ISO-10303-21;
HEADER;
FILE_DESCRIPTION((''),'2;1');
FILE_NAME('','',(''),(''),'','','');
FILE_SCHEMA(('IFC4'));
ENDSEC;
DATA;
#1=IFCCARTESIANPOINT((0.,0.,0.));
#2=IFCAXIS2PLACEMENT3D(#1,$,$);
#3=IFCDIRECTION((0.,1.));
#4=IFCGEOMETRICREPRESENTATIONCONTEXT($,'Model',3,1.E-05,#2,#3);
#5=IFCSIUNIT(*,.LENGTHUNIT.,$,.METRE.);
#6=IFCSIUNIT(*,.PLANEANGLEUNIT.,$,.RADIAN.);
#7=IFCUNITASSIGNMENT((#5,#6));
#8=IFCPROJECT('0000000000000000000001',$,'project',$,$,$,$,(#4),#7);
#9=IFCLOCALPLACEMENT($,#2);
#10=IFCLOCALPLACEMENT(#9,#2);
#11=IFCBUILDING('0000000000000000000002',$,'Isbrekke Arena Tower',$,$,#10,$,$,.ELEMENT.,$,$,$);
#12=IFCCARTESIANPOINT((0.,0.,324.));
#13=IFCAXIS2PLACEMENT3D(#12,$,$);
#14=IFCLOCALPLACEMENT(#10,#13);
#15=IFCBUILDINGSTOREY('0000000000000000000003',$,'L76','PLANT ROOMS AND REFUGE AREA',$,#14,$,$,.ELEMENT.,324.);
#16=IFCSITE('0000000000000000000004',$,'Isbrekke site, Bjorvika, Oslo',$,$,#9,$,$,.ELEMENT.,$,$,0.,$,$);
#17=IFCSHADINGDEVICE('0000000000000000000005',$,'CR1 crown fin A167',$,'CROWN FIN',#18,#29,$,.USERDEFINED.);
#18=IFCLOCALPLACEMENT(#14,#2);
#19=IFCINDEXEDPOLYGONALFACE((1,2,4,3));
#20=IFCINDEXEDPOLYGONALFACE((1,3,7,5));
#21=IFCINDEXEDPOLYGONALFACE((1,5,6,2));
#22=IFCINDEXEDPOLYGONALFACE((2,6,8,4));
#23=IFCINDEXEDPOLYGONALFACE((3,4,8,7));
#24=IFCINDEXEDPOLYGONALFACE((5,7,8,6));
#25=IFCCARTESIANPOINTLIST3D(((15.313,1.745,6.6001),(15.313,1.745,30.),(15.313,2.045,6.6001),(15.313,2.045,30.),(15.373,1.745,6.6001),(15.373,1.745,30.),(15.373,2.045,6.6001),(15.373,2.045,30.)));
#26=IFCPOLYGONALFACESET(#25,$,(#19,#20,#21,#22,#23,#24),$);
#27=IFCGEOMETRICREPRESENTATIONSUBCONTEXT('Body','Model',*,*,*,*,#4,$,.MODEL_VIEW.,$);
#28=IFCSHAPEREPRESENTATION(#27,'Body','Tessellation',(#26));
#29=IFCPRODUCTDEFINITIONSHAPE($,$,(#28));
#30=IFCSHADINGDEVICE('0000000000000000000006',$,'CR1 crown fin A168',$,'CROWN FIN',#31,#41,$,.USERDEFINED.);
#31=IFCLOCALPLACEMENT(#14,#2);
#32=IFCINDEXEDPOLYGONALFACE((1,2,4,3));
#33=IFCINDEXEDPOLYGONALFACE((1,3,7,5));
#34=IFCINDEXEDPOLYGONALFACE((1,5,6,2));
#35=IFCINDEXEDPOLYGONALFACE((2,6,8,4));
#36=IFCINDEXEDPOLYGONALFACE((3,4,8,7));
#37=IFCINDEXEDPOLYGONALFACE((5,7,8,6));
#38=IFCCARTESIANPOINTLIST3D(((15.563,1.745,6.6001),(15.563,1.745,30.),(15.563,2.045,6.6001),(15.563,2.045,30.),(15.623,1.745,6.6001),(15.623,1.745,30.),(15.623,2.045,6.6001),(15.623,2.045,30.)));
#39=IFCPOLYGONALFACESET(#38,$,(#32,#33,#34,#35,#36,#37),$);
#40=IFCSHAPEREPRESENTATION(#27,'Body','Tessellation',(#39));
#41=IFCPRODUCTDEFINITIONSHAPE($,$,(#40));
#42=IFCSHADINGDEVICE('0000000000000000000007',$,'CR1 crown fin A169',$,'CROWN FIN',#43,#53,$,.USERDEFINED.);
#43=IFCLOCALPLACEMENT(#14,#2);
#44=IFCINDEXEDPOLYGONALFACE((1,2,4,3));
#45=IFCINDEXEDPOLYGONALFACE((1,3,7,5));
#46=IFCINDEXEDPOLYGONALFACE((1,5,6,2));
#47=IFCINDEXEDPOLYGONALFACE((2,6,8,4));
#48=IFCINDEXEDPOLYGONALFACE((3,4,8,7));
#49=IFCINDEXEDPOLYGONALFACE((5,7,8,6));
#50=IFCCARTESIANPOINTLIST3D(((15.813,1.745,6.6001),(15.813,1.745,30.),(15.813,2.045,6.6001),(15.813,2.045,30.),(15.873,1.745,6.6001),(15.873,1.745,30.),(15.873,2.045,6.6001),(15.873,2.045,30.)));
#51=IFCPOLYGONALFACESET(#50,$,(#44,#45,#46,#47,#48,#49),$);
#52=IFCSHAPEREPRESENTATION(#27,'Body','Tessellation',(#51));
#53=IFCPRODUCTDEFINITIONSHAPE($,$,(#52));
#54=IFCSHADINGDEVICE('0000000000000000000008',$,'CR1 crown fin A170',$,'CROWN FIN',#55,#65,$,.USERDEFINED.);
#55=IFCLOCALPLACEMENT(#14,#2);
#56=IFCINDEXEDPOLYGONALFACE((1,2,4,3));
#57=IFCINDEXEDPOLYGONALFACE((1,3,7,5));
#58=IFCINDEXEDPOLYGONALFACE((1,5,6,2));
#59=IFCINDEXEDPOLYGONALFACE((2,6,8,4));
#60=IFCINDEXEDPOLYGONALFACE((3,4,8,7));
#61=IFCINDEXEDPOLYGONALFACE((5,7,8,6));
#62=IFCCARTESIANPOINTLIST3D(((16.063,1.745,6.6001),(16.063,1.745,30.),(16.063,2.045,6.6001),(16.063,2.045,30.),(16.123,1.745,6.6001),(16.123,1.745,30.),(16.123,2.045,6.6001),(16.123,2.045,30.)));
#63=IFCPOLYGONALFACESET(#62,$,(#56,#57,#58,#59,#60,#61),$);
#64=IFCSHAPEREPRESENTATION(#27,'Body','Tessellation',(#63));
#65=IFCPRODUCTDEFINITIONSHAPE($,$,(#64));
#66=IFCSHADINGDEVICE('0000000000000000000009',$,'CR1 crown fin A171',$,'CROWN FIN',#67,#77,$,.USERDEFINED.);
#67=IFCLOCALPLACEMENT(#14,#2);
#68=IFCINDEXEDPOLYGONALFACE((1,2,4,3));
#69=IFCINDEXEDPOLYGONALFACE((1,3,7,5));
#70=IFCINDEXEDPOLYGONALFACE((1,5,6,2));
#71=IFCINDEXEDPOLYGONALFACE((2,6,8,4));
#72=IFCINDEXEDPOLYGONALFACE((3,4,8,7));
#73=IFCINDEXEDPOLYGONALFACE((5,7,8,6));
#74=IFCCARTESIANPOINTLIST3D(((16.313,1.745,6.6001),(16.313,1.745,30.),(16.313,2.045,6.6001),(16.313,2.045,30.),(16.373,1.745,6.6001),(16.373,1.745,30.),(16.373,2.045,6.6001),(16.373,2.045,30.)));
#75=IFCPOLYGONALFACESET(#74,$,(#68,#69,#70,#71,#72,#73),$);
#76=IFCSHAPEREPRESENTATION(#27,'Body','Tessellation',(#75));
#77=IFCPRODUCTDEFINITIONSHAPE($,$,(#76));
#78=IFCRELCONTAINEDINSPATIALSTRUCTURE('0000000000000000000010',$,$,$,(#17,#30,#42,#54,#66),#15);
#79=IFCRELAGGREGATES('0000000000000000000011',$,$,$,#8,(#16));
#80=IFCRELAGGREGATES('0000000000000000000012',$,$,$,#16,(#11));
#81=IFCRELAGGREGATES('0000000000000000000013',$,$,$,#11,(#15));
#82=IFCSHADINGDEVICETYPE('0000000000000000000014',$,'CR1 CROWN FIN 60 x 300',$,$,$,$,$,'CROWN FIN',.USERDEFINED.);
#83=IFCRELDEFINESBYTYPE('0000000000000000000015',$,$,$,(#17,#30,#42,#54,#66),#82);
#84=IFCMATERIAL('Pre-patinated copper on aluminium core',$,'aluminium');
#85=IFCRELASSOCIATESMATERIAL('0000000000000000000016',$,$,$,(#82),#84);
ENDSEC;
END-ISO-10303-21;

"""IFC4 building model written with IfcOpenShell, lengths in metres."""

from ifc_helpers import new_model, si_unit, direction, frame, origin, origin_2d, place, context, subcontext, project, spatial, rectangle, extrude, material, material_profile, profile_set, type_object, element, save


model = new_model("IFC4")

# Units and contexts
model_context = context("Model", 3, precision=1e-05, world=origin(), true_north=direction((0.0, 1.0)))
body_context = subcontext(model_context, "Body", "Model", "MODEL_VIEW")
ifc_project = project(units=[si_unit("LENGTHUNIT", "METRE"), si_unit("PLANEANGLEUNIT", "RADIAN")], contexts=[model_context])

# Site, building, storey
site_placement = place(None, origin())
site = spatial("IfcSite", under=ifc_project, at=site_placement, Name="Isbrekke site, Bjorvika, Oslo", CompositionType="ELEMENT", RefElevation=0.0)
building_placement = place(site_placement, origin())
building = spatial("IfcBuilding", under=site, at=building_placement, Name="Isbrekke Arena Tower", CompositionType="ELEMENT")
storey_placement = place(building_placement, frame((0.0, 0.0, 324.0)))
storey = spatial("IfcBuildingStorey", under=building, at=storey_placement, Name="L76", Description="PLANT ROOMS AND REFUGE AREA", CompositionType="ELEMENT", Elevation=324.0)

# Shading devices
ifc_material_1 = material(Name="Pre-patinated copper on aluminium core", Category="aluminium")
ifc_material_profile_1 = material_profile(ifc_material_1, rectangle(XDim=0.0601, YDim=0.3, at=origin_2d()), Name="FIN 60X300")
ifc_profile_set_1 = profile_set([ifc_material_profile_1], Name="Pre-patinated copper on aluminium core")
shading_device_type = type_object("IfcShadingDeviceType", Name="CR1 CROWN FIN 60 x 300", ElementType="CROWN FIN", PredefinedType="USERDEFINED", material=ifc_profile_set_1)
for number, where, z_axis, x_axis, name in (
    (1, (15.343, 1.895, 6.6001), (0.0, 0.0, 1.0), (1.0, 0.0, 0.0), "CR1 crown fin A167"),
    (2, (15.593, 1.895, 6.6001), (0.0, 0.0, 1.0), (1.0, 0.0, 0.0), "CR1 crown fin A168"),
    (3, (15.843, 1.895, 6.6001), (0.0, 0.0, 1.0), (1.0, 0.0, 0.0), "CR1 crown fin A169"),
    (4, (16.093, 1.895, 6.6001), (0.0, 0.0, 1.0), (1.0, 0.0, 0.0), "CR1 crown fin A170"),
    (5, (16.343, 1.895, 6.6001), (0.0, 0.0, 1.0), (1.0, 0.0, 0.0), "CR1 crown fin A171"),
):
    element("IfcShadingDevice", number, at=place(storey_placement, frame(where, z_axis=z_axis, x_axis=x_axis)), inside=storey, type_object=shading_device_type, Name=name, ObjectType="CROWN FIN", PredefinedType="USERDEFINED", context=body_context, shape_type="SweptSolid", body=[
        extrude(rectangle(XDim=0.0601, YDim=0.3, at=origin_2d()), origin(), (0.0, 0.0, 1.0), 23.3999),
    ])

save(model, "model.ifc")
